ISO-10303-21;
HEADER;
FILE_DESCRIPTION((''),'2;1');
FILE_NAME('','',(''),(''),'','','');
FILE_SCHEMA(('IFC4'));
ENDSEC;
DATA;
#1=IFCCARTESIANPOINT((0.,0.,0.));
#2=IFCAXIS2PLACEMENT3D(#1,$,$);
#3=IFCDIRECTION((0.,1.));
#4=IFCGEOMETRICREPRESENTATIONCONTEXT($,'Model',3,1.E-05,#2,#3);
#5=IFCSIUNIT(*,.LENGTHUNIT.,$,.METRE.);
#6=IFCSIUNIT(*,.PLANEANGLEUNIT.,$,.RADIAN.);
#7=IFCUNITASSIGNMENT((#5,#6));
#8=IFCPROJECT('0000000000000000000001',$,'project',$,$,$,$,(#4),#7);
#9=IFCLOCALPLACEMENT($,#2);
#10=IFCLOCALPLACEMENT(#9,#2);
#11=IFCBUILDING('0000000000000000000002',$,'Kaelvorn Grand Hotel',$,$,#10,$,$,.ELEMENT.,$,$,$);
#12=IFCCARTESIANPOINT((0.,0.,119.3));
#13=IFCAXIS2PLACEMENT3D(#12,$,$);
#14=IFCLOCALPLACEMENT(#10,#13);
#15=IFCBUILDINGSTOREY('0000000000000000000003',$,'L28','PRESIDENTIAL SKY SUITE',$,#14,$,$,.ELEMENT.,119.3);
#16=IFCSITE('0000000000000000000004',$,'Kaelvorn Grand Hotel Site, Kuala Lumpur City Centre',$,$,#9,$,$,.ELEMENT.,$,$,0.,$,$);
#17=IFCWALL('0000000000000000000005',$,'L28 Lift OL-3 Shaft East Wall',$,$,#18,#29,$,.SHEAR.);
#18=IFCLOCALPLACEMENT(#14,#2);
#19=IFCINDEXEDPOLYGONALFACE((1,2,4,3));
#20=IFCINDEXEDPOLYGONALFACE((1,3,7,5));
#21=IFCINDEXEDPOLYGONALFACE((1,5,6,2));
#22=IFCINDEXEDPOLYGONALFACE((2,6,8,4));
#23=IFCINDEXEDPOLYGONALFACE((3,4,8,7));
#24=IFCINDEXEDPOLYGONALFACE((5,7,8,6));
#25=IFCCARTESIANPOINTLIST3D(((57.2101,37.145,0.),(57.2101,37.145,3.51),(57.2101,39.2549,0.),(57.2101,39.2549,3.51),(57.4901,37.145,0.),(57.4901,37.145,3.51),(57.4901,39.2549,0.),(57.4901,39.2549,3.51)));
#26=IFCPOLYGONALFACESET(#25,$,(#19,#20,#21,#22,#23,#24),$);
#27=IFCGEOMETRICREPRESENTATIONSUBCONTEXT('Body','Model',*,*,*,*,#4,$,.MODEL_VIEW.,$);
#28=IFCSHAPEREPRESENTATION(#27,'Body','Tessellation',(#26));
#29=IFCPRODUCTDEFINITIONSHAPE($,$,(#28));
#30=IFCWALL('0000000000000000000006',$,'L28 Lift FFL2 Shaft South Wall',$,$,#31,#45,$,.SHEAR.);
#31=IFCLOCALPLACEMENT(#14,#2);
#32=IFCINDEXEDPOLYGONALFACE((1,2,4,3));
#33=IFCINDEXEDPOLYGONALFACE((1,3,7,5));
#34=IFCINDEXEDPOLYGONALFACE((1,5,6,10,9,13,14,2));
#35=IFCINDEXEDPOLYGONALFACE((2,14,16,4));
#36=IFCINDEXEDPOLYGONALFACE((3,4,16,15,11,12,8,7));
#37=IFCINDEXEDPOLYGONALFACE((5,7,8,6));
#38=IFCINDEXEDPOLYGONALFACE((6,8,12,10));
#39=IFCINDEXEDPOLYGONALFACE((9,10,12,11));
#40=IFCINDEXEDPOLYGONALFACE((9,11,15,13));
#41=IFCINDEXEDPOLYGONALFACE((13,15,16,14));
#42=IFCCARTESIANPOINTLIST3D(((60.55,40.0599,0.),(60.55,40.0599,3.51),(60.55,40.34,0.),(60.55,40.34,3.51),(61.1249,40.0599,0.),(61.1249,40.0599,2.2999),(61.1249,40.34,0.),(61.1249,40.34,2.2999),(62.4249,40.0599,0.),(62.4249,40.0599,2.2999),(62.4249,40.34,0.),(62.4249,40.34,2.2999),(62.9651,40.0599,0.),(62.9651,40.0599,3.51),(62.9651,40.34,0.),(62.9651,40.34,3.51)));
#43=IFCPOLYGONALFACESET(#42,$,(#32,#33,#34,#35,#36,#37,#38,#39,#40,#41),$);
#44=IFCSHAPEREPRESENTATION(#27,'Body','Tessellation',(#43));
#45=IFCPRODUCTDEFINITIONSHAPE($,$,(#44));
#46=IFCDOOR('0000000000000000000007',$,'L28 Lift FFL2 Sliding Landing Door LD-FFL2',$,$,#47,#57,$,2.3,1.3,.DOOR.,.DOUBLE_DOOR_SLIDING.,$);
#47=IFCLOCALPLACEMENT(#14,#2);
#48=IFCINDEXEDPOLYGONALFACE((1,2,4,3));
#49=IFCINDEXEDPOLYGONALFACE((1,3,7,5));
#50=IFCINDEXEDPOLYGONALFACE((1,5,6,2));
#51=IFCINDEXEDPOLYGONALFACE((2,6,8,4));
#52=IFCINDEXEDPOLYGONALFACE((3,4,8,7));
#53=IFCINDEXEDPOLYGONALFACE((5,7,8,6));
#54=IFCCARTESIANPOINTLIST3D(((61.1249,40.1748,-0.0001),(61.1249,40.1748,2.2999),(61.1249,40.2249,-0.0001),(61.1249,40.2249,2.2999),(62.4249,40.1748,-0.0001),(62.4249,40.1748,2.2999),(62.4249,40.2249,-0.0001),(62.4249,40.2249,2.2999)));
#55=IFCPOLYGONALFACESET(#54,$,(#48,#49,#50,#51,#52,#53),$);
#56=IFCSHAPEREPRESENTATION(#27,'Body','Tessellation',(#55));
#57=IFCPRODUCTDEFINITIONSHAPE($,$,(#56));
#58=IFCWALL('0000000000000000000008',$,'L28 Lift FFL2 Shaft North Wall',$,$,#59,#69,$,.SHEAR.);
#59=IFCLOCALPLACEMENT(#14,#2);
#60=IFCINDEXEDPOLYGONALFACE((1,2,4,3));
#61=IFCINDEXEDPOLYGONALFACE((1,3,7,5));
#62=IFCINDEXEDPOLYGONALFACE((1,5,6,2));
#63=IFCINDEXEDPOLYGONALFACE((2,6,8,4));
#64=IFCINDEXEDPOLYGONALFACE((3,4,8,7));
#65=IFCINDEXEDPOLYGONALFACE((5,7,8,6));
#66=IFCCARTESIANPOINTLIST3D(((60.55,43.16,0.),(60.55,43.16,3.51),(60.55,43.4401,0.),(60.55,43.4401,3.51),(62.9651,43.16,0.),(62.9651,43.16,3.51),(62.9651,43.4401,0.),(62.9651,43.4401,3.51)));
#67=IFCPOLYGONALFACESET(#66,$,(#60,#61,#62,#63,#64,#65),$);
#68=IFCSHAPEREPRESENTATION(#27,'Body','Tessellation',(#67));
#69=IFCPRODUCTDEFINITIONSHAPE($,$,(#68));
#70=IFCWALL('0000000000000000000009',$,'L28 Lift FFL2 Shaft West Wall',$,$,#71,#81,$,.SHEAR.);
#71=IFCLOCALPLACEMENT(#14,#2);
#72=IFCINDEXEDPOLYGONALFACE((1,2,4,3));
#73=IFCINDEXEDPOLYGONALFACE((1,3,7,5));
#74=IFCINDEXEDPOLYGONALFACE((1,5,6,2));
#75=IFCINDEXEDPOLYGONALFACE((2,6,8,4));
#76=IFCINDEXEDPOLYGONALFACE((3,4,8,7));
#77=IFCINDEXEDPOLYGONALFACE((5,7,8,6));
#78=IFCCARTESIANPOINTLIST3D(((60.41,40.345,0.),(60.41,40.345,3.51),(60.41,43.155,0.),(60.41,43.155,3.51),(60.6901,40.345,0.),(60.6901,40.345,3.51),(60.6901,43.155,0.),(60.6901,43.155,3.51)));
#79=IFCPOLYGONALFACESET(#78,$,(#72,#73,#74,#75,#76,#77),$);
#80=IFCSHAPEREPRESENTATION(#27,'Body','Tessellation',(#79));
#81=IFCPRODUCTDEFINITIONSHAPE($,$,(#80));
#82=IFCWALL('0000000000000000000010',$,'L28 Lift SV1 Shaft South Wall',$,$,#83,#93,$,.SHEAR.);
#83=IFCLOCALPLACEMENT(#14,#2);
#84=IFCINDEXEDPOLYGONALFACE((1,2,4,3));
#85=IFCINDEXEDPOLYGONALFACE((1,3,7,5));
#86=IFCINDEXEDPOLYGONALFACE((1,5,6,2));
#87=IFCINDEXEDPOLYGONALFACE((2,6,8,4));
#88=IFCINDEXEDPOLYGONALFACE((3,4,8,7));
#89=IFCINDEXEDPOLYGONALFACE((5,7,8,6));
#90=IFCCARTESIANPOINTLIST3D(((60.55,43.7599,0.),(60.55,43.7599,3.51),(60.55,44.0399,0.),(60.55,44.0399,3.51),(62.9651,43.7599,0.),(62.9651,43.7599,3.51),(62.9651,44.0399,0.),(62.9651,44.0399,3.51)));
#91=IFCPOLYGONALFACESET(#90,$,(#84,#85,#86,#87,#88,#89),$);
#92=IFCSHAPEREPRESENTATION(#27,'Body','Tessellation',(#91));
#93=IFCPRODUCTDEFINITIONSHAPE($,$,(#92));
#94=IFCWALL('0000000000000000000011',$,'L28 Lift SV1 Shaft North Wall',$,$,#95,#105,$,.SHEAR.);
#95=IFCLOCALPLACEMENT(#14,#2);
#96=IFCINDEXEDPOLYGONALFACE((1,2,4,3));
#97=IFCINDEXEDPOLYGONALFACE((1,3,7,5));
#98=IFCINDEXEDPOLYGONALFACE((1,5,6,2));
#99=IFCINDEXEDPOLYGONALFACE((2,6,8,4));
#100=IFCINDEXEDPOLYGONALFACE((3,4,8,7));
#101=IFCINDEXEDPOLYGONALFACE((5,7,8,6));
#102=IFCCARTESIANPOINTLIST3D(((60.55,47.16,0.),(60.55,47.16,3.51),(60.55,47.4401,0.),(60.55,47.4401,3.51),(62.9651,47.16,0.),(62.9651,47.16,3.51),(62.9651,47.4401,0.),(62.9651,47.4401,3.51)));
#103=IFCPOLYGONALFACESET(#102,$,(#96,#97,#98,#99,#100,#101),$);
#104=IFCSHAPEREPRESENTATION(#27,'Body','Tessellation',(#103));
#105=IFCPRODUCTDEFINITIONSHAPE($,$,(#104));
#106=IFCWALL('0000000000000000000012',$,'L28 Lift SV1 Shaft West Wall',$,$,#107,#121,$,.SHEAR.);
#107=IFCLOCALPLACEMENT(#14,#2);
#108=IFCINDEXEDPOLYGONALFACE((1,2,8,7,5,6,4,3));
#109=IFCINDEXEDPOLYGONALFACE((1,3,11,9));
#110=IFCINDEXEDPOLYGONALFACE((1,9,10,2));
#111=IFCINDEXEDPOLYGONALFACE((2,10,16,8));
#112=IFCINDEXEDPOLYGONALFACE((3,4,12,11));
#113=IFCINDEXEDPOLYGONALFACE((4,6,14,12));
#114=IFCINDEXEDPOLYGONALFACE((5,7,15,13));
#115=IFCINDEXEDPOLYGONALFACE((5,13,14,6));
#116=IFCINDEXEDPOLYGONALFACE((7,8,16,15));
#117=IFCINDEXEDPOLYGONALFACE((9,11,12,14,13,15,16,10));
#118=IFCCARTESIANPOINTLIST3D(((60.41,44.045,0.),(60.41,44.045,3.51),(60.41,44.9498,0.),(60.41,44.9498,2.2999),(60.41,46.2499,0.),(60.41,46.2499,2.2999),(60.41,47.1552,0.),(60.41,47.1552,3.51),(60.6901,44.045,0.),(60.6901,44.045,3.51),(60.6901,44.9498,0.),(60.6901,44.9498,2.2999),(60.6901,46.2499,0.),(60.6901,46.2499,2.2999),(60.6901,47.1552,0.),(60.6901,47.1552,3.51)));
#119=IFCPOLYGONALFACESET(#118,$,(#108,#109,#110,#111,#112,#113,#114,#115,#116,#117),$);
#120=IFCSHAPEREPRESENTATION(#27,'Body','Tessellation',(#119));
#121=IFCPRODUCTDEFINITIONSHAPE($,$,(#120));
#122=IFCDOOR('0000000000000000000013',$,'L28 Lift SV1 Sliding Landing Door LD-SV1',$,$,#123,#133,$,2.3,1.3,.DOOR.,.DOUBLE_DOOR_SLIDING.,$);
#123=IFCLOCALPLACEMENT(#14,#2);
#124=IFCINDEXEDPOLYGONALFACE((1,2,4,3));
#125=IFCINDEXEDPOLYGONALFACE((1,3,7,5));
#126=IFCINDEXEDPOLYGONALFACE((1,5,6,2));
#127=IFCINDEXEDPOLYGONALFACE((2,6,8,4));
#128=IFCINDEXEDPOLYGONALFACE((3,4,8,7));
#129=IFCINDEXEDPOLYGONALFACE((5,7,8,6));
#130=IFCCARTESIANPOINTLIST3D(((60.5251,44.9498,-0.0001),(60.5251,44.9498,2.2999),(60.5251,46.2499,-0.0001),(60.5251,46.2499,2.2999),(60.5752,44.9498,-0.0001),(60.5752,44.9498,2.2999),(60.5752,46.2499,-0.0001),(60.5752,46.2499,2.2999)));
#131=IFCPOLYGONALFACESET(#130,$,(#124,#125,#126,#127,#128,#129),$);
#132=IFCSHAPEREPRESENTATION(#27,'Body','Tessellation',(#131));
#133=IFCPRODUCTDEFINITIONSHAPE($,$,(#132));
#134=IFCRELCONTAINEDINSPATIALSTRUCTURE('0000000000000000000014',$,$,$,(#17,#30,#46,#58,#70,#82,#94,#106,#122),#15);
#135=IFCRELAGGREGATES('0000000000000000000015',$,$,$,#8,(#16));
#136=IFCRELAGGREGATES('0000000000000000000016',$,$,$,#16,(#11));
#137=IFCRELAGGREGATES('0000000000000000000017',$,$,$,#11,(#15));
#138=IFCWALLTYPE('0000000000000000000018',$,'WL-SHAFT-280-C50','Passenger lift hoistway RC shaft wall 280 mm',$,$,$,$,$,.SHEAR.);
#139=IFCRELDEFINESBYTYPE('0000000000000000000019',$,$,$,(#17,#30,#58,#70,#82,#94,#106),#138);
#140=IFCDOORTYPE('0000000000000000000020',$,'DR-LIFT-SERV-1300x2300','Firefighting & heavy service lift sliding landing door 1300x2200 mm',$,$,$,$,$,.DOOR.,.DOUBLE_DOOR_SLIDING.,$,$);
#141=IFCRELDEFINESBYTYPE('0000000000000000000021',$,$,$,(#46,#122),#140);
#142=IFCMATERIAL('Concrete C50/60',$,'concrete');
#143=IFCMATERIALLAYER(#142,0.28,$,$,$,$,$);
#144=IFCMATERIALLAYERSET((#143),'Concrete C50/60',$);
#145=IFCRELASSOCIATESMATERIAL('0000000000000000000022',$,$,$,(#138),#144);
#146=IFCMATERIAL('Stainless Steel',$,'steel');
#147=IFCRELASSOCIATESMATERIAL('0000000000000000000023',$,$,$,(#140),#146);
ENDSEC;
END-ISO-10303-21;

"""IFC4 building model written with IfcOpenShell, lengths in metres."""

from ifc_helpers import new_model, si_unit, direction, frame, frame_2d, origin, place, context, subcontext, project, spatial, rectangle, extrude, material, layer, layer_set, type_object, element, fill, save


model = new_model("IFC4")

# Units and contexts
model_context = context("Model", 3, precision=1e-05, world=origin(), true_north=direction((0.0, 1.0)))
body_context = subcontext(model_context, "Body", "Model", "MODEL_VIEW")
ifc_project = project(units=[si_unit("LENGTHUNIT", "METRE"), si_unit("PLANEANGLEUNIT", "RADIAN")], contexts=[model_context])

# Site, building, storey
site_placement = place(None, origin())
site = spatial("IfcSite", under=ifc_project, at=site_placement, Name="Kaelvorn Grand Hotel Site, Kuala Lumpur City Centre", CompositionType="ELEMENT", RefElevation=0.0)
building_placement = place(site_placement, origin())
building = spatial("IfcBuilding", under=site, at=building_placement, Name="Kaelvorn Grand Hotel", CompositionType="ELEMENT")
storey_placement = place(building_placement, frame((0.0, 0.0, 119.3)))
storey = spatial("IfcBuildingStorey", under=building, at=storey_placement, Name="L28", Description="PRESIDENTIAL SKY SUITE", CompositionType="ELEMENT", Elevation=119.3)

# Wall
ifc_material_1 = material(Name="Concrete C50/60", Category="concrete")
ifc_layer_1 = layer(ifc_material_1, 0.28)
ifc_layer_set_1 = layer_set([ifc_layer_1], Name="Concrete C50/60")
wall_type_1 = type_object("IfcWallType", Name="WL-SHAFT-280-C50", Description="Passenger lift hoistway RC shaft wall 280 mm", PredefinedType="SHEAR", material=ifc_layer_set_1)
for number, where, z_axis, x_axis, name in (
    (1, (57.3501, 37.145, 0.0), (0.0, 0.0, 1.0), (0.0, 1.0, 0.0), "L28 Lift OL-3 Shaft East Wall"),
):
    element("IfcWall", number, at=place(storey_placement, frame(where, z_axis=z_axis, x_axis=x_axis)), inside=storey, type_object=wall_type_1, Name=name, PredefinedType="SHEAR", context=body_context, shape_type="SweptSolid", body=[
        extrude(rectangle(XDim=2.1099, YDim=0.28, at=frame_2d((1.0549, 0.0))), origin(), (0.0, 0.0, 1.0), 3.51),
    ])

# Wall, opening, door
wall_1_placement = place(storey_placement, frame((60.55, 40.2, 0.0), z_axis=(0.0, 0.0, 1.0), x_axis=(1.0, 0.0, 0.0)))
wall_1 = element("IfcWall", 2, at=wall_1_placement, inside=storey, type_object=wall_type_1, Name="L28 Lift FFL2 Shaft South Wall", PredefinedType="SHEAR", context=body_context, shape_type="SweptSolid", body=[
    extrude(rectangle(XDim=2.415, YDim=0.28, at=frame_2d((1.2075, 0.0))), origin(), (0.0, 0.0, 1.0), 3.51),
])
opening_1_placement = place(wall_1_placement, frame((0.575, 0.0, 0.0)))
opening_1 = element("IfcOpeningElement", 3, at=opening_1_placement, cuts=wall_1, PredefinedType="OPENING", context=body_context, shape_type="SweptSolid", body=[
    extrude(rectangle(XDim=1.3, YDim=2.3, at=frame_2d((0.6499, 1.1499))), frame((0.0, 0.1499, 0.0), z_axis=(0.0, -1.0, 0.0), x_axis=(1.0, 0.0, 0.0)), (0.0, 0.0, 1.0), 0.3),
])
ifc_material_2 = material(Name="Stainless Steel", Category="steel")
door_type_1 = type_object("IfcDoorType", Name="DR-LIFT-SERV-1300x2300", Description="Firefighting & heavy service lift sliding landing door 1300x2200 mm", OperationType="DOUBLE_DOOR_SLIDING", PredefinedType="DOOR", material=ifc_material_2)
door_1_placement = place(opening_1_placement, origin())
door_1 = element("IfcDoor", 4, at=door_1_placement, inside=storey, type_object=door_type_1, Name="L28 Lift FFL2 Sliding Landing Door LD-FFL2", OperationType="DOUBLE_DOOR_SLIDING", OverallHeight=2.3, OverallWidth=1.3, PredefinedType="DOOR", context=body_context, shape_type="SweptSolid", body=[
    extrude(rectangle(XDim=1.3, YDim=2.3, at=frame_2d((0.6499, 1.1499))), frame((0.0, 0.0249, 0.0), z_axis=(0.0, -1.0, 0.0), x_axis=(1.0, 0.0, 0.0)), (0.0, 0.0, 1.0), 0.05),
])
fill(opening_1, door_1)

# Walls
wall_2_placement = place(storey_placement, frame((60.55, 43.3, 0.0), z_axis=(0.0, 0.0, 1.0), x_axis=(1.0, 0.0, 0.0)))
element("IfcWall", 5, at=wall_2_placement, inside=storey, type_object=wall_type_1, Name="L28 Lift FFL2 Shaft North Wall", PredefinedType="SHEAR", context=body_context, shape_type="SweptSolid", body=[
    extrude(rectangle(XDim=2.415, YDim=0.28, at=frame_2d((1.2075, 0.0))), origin(), (0.0, 0.0, 1.0), 3.51),
])
wall_3_placement = place(storey_placement, frame((60.55, 40.345, 0.0), z_axis=(0.0, 0.0, 1.0), x_axis=(0.0, 1.0, 0.0)))
element("IfcWall", 6, at=wall_3_placement, inside=storey, type_object=wall_type_1, Name="L28 Lift FFL2 Shaft West Wall", PredefinedType="SHEAR", context=body_context, shape_type="SweptSolid", body=[
    extrude(rectangle(XDim=2.8101, YDim=0.28, at=frame_2d((1.405, 0.0))), origin(), (0.0, 0.0, 1.0), 3.51),
])
for number, where, z_axis, x_axis, name in (
    (7, (60.55, 43.8999, 0.0), (0.0, 0.0, 1.0), (1.0, 0.0, 0.0), "L28 Lift SV1 Shaft South Wall"),
    (8, (60.55, 47.3, 0.0), (0.0, 0.0, 1.0), (1.0, 0.0, 0.0), "L28 Lift SV1 Shaft North Wall"),
):
    element("IfcWall", number, at=place(storey_placement, frame(where, z_axis=z_axis, x_axis=x_axis)), inside=storey, type_object=wall_type_1, Name=name, PredefinedType="SHEAR", context=body_context, shape_type="SweptSolid", body=[
        extrude(rectangle(XDim=2.415, YDim=0.28, at=frame_2d((1.2075, 0.0))), origin(), (0.0, 0.0, 1.0), 3.51),
    ])

# Wall, opening, door
wall_4_placement = place(storey_placement, frame((60.55, 44.0449, 0.0), z_axis=(0.0, 0.0, 1.0), x_axis=(0.0, 1.0, 0.0)))
wall_4 = element("IfcWall", 9, at=wall_4_placement, inside=storey, type_object=wall_type_1, Name="L28 Lift SV1 Shaft West Wall", PredefinedType="SHEAR", context=body_context, shape_type="SweptSolid", body=[
    extrude(rectangle(XDim=3.1101, YDim=0.28, at=frame_2d((1.5552, 0.0))), origin(), (0.0, 0.0, 1.0), 3.51),
])
opening_2_placement = place(wall_4_placement, frame((0.905, 0.0, 0.0)))
opening_2 = element("IfcOpeningElement", 10, at=opening_2_placement, cuts=wall_4, PredefinedType="OPENING", context=body_context, shape_type="SweptSolid", body=[
    extrude(rectangle(XDim=1.3, YDim=2.3, at=frame_2d((0.6499, 1.1499))), frame((0.0, 0.1499, 0.0), z_axis=(0.0, -1.0, 0.0), x_axis=(1.0, 0.0, 0.0)), (0.0, 0.0, 1.0), 0.3),
])
door_2_placement = place(opening_2_placement, origin())
door_2 = element("IfcDoor", 11, at=door_2_placement, inside=storey, type_object=door_type_1, Name="L28 Lift SV1 Sliding Landing Door LD-SV1", OperationType="DOUBLE_DOOR_SLIDING", OverallHeight=2.3, OverallWidth=1.3, PredefinedType="DOOR", context=body_context, shape_type="SweptSolid", body=[
    extrude(rectangle(XDim=1.3, YDim=2.3, at=frame_2d((0.6499, 1.1499))), frame((0.0, 0.0249, 0.0), z_axis=(0.0, -1.0, 0.0), x_axis=(1.0, 0.0, 0.0)), (0.0, 0.0, 1.0), 0.05),
])
fill(opening_2, door_2)

save(model, "model.ifc")
